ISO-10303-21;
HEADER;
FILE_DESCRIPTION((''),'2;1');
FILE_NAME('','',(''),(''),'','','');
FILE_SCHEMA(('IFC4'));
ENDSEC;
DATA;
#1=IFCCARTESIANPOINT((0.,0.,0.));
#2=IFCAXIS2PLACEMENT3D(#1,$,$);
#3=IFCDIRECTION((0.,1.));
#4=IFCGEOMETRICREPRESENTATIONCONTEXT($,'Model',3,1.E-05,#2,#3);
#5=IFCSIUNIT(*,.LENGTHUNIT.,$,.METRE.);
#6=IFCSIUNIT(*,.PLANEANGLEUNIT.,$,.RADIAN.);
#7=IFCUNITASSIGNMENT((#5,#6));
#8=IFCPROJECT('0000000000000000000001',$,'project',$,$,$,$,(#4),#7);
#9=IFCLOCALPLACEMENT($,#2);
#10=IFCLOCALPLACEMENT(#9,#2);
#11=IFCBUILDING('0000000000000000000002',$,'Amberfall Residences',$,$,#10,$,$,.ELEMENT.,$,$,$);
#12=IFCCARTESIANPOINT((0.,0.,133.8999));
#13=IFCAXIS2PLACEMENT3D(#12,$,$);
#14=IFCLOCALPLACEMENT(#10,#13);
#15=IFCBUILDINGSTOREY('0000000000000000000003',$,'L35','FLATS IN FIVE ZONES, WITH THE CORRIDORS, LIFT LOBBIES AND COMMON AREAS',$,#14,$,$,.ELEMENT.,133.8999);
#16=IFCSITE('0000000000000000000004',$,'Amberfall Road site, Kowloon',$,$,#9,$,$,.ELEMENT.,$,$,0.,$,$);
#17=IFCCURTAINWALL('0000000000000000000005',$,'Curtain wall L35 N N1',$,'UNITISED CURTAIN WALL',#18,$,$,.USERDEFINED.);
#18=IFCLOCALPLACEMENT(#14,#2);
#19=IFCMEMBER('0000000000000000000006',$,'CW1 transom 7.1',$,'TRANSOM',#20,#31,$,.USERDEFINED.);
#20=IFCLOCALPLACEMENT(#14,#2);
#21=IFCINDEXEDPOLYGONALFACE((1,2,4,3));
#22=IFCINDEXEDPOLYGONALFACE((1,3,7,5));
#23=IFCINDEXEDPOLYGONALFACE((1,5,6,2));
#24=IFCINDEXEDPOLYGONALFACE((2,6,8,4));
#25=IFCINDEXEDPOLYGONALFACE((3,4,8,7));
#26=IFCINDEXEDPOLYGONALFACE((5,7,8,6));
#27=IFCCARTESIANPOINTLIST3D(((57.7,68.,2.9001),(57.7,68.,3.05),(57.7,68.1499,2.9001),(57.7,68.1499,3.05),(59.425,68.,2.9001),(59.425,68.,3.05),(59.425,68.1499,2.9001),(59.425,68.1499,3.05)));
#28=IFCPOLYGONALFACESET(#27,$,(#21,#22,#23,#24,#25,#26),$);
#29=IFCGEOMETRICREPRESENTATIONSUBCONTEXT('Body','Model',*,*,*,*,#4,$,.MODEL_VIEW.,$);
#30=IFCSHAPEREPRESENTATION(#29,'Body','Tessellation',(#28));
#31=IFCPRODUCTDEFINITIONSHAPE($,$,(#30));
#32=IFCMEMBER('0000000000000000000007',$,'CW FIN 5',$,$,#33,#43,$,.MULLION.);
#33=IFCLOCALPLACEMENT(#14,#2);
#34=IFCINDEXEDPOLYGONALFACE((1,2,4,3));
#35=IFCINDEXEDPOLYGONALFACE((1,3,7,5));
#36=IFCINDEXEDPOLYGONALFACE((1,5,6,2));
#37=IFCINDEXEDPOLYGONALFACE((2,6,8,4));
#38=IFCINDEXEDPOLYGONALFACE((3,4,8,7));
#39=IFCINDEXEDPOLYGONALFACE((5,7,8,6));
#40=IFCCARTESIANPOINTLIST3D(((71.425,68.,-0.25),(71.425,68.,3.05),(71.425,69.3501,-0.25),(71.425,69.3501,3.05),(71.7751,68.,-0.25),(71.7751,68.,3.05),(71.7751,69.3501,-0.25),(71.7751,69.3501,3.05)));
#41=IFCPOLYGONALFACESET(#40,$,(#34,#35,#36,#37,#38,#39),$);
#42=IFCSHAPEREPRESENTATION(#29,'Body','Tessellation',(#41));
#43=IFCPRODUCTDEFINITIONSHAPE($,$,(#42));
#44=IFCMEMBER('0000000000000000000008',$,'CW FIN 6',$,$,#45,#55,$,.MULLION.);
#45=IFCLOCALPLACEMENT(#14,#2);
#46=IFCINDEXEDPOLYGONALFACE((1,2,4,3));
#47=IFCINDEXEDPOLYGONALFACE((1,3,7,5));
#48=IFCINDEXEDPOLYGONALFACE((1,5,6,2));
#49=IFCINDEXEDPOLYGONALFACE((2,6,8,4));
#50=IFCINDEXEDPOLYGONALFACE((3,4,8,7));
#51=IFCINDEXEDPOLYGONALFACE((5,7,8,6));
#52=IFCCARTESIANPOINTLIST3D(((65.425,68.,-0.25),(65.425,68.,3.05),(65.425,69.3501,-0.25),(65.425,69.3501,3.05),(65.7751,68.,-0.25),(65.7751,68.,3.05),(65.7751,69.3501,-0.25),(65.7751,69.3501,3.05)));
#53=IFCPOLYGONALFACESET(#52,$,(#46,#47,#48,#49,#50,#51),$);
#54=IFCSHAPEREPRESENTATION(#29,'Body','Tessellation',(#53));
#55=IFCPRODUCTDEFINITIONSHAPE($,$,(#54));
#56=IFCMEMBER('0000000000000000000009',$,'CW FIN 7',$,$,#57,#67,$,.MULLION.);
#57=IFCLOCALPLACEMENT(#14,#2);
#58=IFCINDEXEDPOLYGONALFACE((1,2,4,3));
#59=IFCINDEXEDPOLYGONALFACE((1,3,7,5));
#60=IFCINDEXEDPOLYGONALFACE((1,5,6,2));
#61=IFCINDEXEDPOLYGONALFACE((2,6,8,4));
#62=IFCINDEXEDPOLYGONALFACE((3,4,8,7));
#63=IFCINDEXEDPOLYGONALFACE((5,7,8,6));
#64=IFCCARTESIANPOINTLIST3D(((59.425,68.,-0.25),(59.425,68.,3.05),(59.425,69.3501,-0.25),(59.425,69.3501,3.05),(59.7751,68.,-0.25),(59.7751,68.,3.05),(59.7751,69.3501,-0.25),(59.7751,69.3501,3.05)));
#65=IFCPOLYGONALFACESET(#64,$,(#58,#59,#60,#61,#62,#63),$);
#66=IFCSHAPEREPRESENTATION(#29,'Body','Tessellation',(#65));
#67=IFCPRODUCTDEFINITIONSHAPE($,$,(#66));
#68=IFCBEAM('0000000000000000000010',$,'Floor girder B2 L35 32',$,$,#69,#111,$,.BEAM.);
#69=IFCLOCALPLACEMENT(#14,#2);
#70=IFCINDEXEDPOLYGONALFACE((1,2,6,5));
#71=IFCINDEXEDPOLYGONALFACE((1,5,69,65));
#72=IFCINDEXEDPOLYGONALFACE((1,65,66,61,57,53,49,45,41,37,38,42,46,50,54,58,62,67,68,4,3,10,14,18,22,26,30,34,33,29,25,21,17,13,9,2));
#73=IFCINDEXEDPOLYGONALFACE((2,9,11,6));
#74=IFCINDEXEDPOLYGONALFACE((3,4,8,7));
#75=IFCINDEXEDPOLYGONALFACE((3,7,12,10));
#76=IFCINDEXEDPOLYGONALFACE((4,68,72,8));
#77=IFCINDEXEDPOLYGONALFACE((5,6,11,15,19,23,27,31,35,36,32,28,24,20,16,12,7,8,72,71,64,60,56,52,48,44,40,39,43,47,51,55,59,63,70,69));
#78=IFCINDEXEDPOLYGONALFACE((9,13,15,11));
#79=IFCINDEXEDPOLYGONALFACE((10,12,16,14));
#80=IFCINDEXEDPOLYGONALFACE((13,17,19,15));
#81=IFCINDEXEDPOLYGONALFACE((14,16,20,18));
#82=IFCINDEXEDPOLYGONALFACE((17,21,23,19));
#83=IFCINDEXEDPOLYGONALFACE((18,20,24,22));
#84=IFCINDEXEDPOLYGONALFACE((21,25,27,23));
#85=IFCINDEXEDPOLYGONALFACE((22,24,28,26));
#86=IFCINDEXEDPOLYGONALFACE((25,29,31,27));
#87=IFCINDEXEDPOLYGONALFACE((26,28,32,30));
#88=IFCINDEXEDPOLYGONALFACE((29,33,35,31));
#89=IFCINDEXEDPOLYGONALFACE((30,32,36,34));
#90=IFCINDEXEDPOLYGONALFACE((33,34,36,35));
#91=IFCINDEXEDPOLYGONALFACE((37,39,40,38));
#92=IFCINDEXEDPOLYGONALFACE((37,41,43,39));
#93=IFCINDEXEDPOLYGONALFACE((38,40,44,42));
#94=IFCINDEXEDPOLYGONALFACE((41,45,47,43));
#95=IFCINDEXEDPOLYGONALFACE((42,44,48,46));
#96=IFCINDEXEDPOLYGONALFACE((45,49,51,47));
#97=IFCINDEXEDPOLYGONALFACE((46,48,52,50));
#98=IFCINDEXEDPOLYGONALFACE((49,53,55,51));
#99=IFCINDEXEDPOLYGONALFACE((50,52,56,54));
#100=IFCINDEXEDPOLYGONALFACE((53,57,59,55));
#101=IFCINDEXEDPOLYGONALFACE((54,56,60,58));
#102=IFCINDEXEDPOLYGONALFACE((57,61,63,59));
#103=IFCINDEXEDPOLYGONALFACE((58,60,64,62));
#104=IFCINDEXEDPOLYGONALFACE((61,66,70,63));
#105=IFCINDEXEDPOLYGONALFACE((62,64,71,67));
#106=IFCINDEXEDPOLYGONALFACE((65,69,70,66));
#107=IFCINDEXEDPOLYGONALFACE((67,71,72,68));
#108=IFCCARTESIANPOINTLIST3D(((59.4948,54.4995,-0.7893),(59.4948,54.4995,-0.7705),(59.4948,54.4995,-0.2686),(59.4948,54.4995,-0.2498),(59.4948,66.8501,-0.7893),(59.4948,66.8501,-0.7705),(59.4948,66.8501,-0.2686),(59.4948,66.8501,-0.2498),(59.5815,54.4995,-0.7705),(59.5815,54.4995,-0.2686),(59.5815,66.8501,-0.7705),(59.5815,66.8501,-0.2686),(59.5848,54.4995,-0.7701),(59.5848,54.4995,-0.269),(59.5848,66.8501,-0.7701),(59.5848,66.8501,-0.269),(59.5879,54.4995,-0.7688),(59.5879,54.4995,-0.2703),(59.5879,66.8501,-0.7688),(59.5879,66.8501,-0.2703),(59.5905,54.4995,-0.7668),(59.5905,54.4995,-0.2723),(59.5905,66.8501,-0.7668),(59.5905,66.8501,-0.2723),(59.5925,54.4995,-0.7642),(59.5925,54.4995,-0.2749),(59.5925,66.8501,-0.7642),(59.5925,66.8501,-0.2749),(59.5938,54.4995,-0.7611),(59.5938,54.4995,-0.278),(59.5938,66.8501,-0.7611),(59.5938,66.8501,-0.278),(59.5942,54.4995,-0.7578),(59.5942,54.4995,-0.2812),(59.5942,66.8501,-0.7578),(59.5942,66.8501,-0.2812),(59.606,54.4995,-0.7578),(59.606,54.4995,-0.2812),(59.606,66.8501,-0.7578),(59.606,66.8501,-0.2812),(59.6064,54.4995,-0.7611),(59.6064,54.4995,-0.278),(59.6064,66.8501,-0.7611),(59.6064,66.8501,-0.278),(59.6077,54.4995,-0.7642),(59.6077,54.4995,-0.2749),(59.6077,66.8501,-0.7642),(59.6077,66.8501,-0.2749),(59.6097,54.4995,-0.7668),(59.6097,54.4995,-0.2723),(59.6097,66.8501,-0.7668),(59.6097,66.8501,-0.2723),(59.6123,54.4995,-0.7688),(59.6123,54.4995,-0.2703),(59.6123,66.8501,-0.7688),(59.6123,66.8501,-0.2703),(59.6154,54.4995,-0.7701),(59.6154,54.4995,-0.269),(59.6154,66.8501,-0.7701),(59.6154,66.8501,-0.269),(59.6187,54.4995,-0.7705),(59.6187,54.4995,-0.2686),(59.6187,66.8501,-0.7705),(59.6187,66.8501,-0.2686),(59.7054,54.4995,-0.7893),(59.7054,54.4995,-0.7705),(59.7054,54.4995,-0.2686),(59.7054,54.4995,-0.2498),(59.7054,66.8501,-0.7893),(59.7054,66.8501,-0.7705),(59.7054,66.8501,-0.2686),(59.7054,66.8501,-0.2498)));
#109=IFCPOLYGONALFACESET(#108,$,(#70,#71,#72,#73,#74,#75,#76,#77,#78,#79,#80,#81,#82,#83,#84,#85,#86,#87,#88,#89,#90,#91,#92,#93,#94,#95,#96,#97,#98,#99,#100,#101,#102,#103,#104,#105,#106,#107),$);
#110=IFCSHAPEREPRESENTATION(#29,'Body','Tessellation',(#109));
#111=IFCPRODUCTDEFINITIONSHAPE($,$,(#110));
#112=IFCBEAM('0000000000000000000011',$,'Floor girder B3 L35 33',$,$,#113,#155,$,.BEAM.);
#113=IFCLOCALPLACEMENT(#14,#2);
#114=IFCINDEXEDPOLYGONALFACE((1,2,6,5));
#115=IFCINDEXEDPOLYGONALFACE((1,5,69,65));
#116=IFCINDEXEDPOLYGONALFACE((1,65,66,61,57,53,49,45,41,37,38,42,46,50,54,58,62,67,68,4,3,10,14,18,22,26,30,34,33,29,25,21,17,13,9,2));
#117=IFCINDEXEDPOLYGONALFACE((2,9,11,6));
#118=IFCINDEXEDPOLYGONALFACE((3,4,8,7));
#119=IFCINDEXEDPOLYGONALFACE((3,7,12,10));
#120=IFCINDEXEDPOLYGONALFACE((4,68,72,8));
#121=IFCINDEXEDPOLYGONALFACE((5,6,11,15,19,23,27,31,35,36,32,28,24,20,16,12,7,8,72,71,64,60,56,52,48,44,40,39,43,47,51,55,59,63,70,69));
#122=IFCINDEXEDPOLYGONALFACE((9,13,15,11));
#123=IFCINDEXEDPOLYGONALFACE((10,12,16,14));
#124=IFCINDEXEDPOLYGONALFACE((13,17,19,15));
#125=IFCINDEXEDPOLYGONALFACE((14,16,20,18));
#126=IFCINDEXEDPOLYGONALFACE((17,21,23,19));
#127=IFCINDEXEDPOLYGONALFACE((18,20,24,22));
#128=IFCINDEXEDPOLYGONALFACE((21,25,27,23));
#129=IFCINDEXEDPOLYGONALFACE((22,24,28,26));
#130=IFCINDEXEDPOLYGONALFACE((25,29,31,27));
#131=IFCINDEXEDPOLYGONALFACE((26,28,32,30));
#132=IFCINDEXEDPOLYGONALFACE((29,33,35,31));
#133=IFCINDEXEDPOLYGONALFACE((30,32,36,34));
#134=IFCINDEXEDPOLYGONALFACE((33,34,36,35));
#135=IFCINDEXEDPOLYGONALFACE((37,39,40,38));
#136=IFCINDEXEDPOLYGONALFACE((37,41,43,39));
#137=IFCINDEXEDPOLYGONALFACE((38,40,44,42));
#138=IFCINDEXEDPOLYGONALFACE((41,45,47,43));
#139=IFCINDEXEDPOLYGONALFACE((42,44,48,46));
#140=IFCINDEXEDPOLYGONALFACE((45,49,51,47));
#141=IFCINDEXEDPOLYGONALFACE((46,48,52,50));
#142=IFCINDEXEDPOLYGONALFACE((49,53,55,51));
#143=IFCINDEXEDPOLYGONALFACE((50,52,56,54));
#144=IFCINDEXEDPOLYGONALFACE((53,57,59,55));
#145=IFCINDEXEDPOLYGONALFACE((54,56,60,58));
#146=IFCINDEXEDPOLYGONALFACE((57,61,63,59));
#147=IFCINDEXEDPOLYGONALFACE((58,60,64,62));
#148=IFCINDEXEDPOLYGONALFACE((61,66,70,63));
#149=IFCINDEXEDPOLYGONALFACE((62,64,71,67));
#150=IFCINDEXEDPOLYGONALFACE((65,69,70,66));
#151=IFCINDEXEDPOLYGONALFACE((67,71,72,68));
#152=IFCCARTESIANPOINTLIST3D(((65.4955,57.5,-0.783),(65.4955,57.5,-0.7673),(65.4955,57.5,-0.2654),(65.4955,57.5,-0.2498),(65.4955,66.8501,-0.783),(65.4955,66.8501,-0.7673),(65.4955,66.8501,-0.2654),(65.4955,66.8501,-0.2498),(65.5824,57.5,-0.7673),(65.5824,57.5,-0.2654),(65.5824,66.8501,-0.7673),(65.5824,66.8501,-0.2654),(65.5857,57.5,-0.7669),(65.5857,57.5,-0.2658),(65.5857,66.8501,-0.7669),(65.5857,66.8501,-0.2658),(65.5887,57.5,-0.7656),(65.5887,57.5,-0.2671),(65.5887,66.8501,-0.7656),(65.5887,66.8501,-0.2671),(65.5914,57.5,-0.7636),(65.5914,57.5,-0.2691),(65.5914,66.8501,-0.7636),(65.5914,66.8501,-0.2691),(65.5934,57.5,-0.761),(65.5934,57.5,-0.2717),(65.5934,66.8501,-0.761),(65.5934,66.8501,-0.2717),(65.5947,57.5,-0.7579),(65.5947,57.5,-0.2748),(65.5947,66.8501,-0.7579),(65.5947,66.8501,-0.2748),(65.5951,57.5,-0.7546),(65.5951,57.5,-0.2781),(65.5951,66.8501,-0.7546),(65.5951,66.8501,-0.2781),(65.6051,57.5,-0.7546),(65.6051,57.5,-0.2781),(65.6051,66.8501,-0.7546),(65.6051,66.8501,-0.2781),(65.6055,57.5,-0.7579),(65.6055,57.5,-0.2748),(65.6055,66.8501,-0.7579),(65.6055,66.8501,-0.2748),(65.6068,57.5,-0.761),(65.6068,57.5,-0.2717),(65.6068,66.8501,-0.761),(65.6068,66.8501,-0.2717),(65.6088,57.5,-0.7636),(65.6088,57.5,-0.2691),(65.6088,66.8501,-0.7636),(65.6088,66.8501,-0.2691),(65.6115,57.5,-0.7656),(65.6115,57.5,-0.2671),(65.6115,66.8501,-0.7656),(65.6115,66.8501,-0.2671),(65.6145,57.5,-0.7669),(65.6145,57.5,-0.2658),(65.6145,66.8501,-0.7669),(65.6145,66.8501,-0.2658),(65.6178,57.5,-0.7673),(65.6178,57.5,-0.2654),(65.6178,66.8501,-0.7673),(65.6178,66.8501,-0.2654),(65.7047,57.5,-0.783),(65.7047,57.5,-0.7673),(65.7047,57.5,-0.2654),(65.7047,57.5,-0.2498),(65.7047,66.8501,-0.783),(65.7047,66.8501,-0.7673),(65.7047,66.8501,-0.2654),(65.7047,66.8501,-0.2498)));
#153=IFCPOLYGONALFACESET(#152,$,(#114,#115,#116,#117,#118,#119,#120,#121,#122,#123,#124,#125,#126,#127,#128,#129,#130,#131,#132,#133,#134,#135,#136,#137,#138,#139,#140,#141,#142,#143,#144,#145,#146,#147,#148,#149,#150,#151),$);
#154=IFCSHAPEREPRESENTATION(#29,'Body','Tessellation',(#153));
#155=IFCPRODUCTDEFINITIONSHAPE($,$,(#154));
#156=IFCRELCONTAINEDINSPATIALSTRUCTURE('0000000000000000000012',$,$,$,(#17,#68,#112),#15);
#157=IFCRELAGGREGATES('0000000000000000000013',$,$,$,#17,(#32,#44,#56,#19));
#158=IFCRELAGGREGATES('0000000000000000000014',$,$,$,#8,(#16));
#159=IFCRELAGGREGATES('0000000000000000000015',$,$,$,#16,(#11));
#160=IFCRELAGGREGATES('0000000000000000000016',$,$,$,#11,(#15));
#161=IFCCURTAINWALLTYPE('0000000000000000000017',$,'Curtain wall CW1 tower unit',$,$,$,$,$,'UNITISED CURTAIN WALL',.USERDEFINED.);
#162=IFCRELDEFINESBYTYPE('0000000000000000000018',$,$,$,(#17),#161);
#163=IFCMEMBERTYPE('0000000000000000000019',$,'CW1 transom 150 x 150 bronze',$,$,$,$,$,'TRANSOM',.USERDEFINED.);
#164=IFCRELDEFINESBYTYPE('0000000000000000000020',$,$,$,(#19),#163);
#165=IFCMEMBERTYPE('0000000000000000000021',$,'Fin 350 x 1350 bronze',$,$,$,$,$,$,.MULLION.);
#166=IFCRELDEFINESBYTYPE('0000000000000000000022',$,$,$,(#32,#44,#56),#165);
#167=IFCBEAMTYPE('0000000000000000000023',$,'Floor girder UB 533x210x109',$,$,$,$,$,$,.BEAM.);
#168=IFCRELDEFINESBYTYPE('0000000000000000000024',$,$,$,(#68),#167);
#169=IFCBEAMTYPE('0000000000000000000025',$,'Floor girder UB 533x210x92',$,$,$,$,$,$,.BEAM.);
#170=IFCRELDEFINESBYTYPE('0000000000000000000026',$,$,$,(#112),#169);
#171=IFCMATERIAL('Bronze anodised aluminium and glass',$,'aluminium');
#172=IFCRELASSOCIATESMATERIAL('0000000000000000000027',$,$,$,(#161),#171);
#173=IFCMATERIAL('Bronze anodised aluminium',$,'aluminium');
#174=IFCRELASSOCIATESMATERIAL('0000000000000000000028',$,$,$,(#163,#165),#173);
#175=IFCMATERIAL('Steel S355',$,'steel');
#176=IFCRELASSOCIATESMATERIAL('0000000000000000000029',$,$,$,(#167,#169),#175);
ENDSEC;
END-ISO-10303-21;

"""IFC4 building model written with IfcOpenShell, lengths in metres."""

from ifc_helpers import new_model, si_unit, direction, frame, origin, origin_2d, place, context, subcontext, project, spatial, rectangle, i_section, extrude, material, material_profile, profile_set, type_object, element, aggregate, save


model = new_model("IFC4")

# Units and contexts
model_context = context("Model", 3, precision=1e-05, world=origin(), true_north=direction((0.0, 1.0)))
body_context = subcontext(model_context, "Body", "Model", "MODEL_VIEW")
ifc_project = project(units=[si_unit("LENGTHUNIT", "METRE"), si_unit("PLANEANGLEUNIT", "RADIAN")], contexts=[model_context])

# Site, building, storey
site_placement = place(None, origin())
site = spatial("IfcSite", under=ifc_project, at=site_placement, Name="Amberfall Road site, Kowloon", CompositionType="ELEMENT", RefElevation=0.0)
building_placement = place(site_placement, origin())
building = spatial("IfcBuilding", under=site, at=building_placement, Name="Amberfall Residences", CompositionType="ELEMENT")
storey_placement = place(building_placement, frame((0.0, 0.0, 133.8999)))
storey = spatial("IfcBuildingStorey", under=building, at=storey_placement, Name="L35", Description="FLATS IN FIVE ZONES, WITH THE CORRIDORS, LIFT LOBBIES AND COMMON AREAS", CompositionType="ELEMENT", Elevation=133.8999)

# Shared definitions
ifc_material_1 = material(Name="Steel S355", Category="steel")

# Curtain wall, members
ifc_material_2 = material(Name="Bronze anodised aluminium and glass", Category="aluminium")
curtain_wall_type = type_object("IfcCurtainWallType", Name="Curtain wall CW1 tower unit", ElementType="UNITISED CURTAIN WALL", PredefinedType="USERDEFINED", material=ifc_material_2)
curtain_wall_placement = place(storey_placement, origin())
curtain_wall = element("IfcCurtainWall", 1, at=curtain_wall_placement, inside=storey, type_object=curtain_wall_type, Name="Curtain wall L35 N N1", ObjectType="UNITISED CURTAIN WALL", PredefinedType="USERDEFINED")
ifc_material_3 = material(Name="Bronze anodised aluminium", Category="aluminium")
ifc_material_profile_1 = material_profile(ifc_material_3, rectangle(XDim=0.1499, YDim=0.1499, at=origin_2d()), Name="CW1 transom 150 x 150 bronze")
ifc_profile_set_1 = profile_set([ifc_material_profile_1], Name="Bronze anodised aluminium")
member_type_1 = type_object("IfcMemberType", Name="CW1 transom 150 x 150 bronze", ElementType="TRANSOM", PredefinedType="USERDEFINED", material=ifc_profile_set_1)
member_1_placement = place(storey_placement, frame((59.425, 68.075, 2.9751), z_axis=(-1.0, 0.0, 0.0), x_axis=(0.0, -1.0, 0.0)))
member_1 = element("IfcMember", 2, at=member_1_placement, type_object=member_type_1, Name="CW1 transom 7.1", ObjectType="TRANSOM", PredefinedType="USERDEFINED", context=body_context, shape_type="SweptSolid", body=[
    extrude(rectangle(XDim=0.1499, YDim=0.1499, at=origin_2d()), origin(), (0.0, 0.0, 1.0), 1.7251),
])
ifc_material_profile_2 = material_profile(ifc_material_3, rectangle(XDim=1.3501, YDim=0.3501, at=origin_2d()), Name="Fin 350 x 1350 bronze")
ifc_profile_set_2 = profile_set([ifc_material_profile_2], Name="Bronze anodised aluminium")
member_type_2 = type_object("IfcMemberType", Name="Fin 350 x 1350 bronze", PredefinedType="MULLION", material=ifc_profile_set_2)
member_2_placement = place(storey_placement, frame((71.6001, 68.675, -0.25), z_axis=(0.0, 0.0, 1.0), x_axis=(0.0, -1.0, 0.0)))
member_2 = element("IfcMember", 3, at=member_2_placement, type_object=member_type_2, Name="CW FIN 5", PredefinedType="MULLION", context=body_context, shape_type="SweptSolid", body=[
    extrude(rectangle(XDim=1.3501, YDim=0.3501, at=origin_2d()), origin(), (0.0, 0.0, 1.0), 3.3),
])
member_3_placement = place(storey_placement, frame((65.6001, 68.675, -0.25), z_axis=(0.0, 0.0, 1.0), x_axis=(0.0, -1.0, 0.0)))
member_3 = element("IfcMember", 4, at=member_3_placement, type_object=member_type_2, Name="CW FIN 6", PredefinedType="MULLION", context=body_context, shape_type="SweptSolid", body=[
    extrude(rectangle(XDim=1.3501, YDim=0.3501, at=origin_2d()), origin(), (0.0, 0.0, 1.0), 3.3),
])
member_4_placement = place(storey_placement, frame((59.6001, 68.675, -0.25), z_axis=(0.0, 0.0, 1.0), x_axis=(0.0, -1.0, 0.0)))
member_4 = element("IfcMember", 5, at=member_4_placement, type_object=member_type_2, Name="CW FIN 7", PredefinedType="MULLION", context=body_context, shape_type="SweptSolid", body=[
    extrude(rectangle(XDim=1.3501, YDim=0.3501, at=origin_2d()), origin(), (0.0, 0.0, 1.0), 3.3),
])

# Beams
ifc_material_profile_3 = material_profile(ifc_material_1, i_section(OverallWidth=0.2107, OverallDepth=0.5396, WebThickness=0.0117, FlangeThickness=0.0188, FilletRadius=0.0127, at=origin_2d()), Name="UB 533x210x109")
ifc_profile_set_3 = profile_set([ifc_material_profile_3], Name="Steel S355")
beam_type_1 = type_object("IfcBeamType", Name="Floor girder UB 533x210x109", PredefinedType="BEAM", material=ifc_profile_set_3)
beam_1_placement = place(storey_placement, frame((59.6001, 66.8501, -0.5195), z_axis=(0.0, -1.0, 0.0), x_axis=(1.0, 0.0, 0.0)))
element("IfcBeam", 6, at=beam_1_placement, inside=storey, type_object=beam_type_1, Name="Floor girder B2 L35 32", PredefinedType="BEAM", context=body_context, shape_type="SweptSolid", body=[
    extrude(i_section(OverallWidth=0.2107, OverallDepth=0.5396, WebThickness=0.0117, FlangeThickness=0.0188, FilletRadius=0.0127, at=origin_2d()), origin(), (0.0, 0.0, 1.0), 12.3506),
])
ifc_material_profile_4 = material_profile(ifc_material_1, i_section(OverallWidth=0.2092, OverallDepth=0.5332, WebThickness=0.01, FlangeThickness=0.0156, FilletRadius=0.0127, at=origin_2d()), Name="UB 533x210x92")
ifc_profile_set_4 = profile_set([ifc_material_profile_4], Name="Steel S355")
beam_type_2 = type_object("IfcBeamType", Name="Floor girder UB 533x210x92", PredefinedType="BEAM", material=ifc_profile_set_4)
beam_2_placement = place(storey_placement, frame((65.6001, 66.8501, -0.5164), z_axis=(0.0, -1.0, 0.0), x_axis=(1.0, 0.0, 0.0)))
element("IfcBeam", 7, at=beam_2_placement, inside=storey, type_object=beam_type_2, Name="Floor girder B3 L35 33", PredefinedType="BEAM", context=body_context, shape_type="SweptSolid", body=[
    extrude(i_section(OverallWidth=0.2092, OverallDepth=0.5332, WebThickness=0.01, FlangeThickness=0.0156, FilletRadius=0.0127, at=origin_2d()), origin(), (0.0, 0.0, 1.0), 9.3501),
])

aggregate(curtain_wall, [member_2, member_3, member_4, member_1])

save(model, "model.ifc")
